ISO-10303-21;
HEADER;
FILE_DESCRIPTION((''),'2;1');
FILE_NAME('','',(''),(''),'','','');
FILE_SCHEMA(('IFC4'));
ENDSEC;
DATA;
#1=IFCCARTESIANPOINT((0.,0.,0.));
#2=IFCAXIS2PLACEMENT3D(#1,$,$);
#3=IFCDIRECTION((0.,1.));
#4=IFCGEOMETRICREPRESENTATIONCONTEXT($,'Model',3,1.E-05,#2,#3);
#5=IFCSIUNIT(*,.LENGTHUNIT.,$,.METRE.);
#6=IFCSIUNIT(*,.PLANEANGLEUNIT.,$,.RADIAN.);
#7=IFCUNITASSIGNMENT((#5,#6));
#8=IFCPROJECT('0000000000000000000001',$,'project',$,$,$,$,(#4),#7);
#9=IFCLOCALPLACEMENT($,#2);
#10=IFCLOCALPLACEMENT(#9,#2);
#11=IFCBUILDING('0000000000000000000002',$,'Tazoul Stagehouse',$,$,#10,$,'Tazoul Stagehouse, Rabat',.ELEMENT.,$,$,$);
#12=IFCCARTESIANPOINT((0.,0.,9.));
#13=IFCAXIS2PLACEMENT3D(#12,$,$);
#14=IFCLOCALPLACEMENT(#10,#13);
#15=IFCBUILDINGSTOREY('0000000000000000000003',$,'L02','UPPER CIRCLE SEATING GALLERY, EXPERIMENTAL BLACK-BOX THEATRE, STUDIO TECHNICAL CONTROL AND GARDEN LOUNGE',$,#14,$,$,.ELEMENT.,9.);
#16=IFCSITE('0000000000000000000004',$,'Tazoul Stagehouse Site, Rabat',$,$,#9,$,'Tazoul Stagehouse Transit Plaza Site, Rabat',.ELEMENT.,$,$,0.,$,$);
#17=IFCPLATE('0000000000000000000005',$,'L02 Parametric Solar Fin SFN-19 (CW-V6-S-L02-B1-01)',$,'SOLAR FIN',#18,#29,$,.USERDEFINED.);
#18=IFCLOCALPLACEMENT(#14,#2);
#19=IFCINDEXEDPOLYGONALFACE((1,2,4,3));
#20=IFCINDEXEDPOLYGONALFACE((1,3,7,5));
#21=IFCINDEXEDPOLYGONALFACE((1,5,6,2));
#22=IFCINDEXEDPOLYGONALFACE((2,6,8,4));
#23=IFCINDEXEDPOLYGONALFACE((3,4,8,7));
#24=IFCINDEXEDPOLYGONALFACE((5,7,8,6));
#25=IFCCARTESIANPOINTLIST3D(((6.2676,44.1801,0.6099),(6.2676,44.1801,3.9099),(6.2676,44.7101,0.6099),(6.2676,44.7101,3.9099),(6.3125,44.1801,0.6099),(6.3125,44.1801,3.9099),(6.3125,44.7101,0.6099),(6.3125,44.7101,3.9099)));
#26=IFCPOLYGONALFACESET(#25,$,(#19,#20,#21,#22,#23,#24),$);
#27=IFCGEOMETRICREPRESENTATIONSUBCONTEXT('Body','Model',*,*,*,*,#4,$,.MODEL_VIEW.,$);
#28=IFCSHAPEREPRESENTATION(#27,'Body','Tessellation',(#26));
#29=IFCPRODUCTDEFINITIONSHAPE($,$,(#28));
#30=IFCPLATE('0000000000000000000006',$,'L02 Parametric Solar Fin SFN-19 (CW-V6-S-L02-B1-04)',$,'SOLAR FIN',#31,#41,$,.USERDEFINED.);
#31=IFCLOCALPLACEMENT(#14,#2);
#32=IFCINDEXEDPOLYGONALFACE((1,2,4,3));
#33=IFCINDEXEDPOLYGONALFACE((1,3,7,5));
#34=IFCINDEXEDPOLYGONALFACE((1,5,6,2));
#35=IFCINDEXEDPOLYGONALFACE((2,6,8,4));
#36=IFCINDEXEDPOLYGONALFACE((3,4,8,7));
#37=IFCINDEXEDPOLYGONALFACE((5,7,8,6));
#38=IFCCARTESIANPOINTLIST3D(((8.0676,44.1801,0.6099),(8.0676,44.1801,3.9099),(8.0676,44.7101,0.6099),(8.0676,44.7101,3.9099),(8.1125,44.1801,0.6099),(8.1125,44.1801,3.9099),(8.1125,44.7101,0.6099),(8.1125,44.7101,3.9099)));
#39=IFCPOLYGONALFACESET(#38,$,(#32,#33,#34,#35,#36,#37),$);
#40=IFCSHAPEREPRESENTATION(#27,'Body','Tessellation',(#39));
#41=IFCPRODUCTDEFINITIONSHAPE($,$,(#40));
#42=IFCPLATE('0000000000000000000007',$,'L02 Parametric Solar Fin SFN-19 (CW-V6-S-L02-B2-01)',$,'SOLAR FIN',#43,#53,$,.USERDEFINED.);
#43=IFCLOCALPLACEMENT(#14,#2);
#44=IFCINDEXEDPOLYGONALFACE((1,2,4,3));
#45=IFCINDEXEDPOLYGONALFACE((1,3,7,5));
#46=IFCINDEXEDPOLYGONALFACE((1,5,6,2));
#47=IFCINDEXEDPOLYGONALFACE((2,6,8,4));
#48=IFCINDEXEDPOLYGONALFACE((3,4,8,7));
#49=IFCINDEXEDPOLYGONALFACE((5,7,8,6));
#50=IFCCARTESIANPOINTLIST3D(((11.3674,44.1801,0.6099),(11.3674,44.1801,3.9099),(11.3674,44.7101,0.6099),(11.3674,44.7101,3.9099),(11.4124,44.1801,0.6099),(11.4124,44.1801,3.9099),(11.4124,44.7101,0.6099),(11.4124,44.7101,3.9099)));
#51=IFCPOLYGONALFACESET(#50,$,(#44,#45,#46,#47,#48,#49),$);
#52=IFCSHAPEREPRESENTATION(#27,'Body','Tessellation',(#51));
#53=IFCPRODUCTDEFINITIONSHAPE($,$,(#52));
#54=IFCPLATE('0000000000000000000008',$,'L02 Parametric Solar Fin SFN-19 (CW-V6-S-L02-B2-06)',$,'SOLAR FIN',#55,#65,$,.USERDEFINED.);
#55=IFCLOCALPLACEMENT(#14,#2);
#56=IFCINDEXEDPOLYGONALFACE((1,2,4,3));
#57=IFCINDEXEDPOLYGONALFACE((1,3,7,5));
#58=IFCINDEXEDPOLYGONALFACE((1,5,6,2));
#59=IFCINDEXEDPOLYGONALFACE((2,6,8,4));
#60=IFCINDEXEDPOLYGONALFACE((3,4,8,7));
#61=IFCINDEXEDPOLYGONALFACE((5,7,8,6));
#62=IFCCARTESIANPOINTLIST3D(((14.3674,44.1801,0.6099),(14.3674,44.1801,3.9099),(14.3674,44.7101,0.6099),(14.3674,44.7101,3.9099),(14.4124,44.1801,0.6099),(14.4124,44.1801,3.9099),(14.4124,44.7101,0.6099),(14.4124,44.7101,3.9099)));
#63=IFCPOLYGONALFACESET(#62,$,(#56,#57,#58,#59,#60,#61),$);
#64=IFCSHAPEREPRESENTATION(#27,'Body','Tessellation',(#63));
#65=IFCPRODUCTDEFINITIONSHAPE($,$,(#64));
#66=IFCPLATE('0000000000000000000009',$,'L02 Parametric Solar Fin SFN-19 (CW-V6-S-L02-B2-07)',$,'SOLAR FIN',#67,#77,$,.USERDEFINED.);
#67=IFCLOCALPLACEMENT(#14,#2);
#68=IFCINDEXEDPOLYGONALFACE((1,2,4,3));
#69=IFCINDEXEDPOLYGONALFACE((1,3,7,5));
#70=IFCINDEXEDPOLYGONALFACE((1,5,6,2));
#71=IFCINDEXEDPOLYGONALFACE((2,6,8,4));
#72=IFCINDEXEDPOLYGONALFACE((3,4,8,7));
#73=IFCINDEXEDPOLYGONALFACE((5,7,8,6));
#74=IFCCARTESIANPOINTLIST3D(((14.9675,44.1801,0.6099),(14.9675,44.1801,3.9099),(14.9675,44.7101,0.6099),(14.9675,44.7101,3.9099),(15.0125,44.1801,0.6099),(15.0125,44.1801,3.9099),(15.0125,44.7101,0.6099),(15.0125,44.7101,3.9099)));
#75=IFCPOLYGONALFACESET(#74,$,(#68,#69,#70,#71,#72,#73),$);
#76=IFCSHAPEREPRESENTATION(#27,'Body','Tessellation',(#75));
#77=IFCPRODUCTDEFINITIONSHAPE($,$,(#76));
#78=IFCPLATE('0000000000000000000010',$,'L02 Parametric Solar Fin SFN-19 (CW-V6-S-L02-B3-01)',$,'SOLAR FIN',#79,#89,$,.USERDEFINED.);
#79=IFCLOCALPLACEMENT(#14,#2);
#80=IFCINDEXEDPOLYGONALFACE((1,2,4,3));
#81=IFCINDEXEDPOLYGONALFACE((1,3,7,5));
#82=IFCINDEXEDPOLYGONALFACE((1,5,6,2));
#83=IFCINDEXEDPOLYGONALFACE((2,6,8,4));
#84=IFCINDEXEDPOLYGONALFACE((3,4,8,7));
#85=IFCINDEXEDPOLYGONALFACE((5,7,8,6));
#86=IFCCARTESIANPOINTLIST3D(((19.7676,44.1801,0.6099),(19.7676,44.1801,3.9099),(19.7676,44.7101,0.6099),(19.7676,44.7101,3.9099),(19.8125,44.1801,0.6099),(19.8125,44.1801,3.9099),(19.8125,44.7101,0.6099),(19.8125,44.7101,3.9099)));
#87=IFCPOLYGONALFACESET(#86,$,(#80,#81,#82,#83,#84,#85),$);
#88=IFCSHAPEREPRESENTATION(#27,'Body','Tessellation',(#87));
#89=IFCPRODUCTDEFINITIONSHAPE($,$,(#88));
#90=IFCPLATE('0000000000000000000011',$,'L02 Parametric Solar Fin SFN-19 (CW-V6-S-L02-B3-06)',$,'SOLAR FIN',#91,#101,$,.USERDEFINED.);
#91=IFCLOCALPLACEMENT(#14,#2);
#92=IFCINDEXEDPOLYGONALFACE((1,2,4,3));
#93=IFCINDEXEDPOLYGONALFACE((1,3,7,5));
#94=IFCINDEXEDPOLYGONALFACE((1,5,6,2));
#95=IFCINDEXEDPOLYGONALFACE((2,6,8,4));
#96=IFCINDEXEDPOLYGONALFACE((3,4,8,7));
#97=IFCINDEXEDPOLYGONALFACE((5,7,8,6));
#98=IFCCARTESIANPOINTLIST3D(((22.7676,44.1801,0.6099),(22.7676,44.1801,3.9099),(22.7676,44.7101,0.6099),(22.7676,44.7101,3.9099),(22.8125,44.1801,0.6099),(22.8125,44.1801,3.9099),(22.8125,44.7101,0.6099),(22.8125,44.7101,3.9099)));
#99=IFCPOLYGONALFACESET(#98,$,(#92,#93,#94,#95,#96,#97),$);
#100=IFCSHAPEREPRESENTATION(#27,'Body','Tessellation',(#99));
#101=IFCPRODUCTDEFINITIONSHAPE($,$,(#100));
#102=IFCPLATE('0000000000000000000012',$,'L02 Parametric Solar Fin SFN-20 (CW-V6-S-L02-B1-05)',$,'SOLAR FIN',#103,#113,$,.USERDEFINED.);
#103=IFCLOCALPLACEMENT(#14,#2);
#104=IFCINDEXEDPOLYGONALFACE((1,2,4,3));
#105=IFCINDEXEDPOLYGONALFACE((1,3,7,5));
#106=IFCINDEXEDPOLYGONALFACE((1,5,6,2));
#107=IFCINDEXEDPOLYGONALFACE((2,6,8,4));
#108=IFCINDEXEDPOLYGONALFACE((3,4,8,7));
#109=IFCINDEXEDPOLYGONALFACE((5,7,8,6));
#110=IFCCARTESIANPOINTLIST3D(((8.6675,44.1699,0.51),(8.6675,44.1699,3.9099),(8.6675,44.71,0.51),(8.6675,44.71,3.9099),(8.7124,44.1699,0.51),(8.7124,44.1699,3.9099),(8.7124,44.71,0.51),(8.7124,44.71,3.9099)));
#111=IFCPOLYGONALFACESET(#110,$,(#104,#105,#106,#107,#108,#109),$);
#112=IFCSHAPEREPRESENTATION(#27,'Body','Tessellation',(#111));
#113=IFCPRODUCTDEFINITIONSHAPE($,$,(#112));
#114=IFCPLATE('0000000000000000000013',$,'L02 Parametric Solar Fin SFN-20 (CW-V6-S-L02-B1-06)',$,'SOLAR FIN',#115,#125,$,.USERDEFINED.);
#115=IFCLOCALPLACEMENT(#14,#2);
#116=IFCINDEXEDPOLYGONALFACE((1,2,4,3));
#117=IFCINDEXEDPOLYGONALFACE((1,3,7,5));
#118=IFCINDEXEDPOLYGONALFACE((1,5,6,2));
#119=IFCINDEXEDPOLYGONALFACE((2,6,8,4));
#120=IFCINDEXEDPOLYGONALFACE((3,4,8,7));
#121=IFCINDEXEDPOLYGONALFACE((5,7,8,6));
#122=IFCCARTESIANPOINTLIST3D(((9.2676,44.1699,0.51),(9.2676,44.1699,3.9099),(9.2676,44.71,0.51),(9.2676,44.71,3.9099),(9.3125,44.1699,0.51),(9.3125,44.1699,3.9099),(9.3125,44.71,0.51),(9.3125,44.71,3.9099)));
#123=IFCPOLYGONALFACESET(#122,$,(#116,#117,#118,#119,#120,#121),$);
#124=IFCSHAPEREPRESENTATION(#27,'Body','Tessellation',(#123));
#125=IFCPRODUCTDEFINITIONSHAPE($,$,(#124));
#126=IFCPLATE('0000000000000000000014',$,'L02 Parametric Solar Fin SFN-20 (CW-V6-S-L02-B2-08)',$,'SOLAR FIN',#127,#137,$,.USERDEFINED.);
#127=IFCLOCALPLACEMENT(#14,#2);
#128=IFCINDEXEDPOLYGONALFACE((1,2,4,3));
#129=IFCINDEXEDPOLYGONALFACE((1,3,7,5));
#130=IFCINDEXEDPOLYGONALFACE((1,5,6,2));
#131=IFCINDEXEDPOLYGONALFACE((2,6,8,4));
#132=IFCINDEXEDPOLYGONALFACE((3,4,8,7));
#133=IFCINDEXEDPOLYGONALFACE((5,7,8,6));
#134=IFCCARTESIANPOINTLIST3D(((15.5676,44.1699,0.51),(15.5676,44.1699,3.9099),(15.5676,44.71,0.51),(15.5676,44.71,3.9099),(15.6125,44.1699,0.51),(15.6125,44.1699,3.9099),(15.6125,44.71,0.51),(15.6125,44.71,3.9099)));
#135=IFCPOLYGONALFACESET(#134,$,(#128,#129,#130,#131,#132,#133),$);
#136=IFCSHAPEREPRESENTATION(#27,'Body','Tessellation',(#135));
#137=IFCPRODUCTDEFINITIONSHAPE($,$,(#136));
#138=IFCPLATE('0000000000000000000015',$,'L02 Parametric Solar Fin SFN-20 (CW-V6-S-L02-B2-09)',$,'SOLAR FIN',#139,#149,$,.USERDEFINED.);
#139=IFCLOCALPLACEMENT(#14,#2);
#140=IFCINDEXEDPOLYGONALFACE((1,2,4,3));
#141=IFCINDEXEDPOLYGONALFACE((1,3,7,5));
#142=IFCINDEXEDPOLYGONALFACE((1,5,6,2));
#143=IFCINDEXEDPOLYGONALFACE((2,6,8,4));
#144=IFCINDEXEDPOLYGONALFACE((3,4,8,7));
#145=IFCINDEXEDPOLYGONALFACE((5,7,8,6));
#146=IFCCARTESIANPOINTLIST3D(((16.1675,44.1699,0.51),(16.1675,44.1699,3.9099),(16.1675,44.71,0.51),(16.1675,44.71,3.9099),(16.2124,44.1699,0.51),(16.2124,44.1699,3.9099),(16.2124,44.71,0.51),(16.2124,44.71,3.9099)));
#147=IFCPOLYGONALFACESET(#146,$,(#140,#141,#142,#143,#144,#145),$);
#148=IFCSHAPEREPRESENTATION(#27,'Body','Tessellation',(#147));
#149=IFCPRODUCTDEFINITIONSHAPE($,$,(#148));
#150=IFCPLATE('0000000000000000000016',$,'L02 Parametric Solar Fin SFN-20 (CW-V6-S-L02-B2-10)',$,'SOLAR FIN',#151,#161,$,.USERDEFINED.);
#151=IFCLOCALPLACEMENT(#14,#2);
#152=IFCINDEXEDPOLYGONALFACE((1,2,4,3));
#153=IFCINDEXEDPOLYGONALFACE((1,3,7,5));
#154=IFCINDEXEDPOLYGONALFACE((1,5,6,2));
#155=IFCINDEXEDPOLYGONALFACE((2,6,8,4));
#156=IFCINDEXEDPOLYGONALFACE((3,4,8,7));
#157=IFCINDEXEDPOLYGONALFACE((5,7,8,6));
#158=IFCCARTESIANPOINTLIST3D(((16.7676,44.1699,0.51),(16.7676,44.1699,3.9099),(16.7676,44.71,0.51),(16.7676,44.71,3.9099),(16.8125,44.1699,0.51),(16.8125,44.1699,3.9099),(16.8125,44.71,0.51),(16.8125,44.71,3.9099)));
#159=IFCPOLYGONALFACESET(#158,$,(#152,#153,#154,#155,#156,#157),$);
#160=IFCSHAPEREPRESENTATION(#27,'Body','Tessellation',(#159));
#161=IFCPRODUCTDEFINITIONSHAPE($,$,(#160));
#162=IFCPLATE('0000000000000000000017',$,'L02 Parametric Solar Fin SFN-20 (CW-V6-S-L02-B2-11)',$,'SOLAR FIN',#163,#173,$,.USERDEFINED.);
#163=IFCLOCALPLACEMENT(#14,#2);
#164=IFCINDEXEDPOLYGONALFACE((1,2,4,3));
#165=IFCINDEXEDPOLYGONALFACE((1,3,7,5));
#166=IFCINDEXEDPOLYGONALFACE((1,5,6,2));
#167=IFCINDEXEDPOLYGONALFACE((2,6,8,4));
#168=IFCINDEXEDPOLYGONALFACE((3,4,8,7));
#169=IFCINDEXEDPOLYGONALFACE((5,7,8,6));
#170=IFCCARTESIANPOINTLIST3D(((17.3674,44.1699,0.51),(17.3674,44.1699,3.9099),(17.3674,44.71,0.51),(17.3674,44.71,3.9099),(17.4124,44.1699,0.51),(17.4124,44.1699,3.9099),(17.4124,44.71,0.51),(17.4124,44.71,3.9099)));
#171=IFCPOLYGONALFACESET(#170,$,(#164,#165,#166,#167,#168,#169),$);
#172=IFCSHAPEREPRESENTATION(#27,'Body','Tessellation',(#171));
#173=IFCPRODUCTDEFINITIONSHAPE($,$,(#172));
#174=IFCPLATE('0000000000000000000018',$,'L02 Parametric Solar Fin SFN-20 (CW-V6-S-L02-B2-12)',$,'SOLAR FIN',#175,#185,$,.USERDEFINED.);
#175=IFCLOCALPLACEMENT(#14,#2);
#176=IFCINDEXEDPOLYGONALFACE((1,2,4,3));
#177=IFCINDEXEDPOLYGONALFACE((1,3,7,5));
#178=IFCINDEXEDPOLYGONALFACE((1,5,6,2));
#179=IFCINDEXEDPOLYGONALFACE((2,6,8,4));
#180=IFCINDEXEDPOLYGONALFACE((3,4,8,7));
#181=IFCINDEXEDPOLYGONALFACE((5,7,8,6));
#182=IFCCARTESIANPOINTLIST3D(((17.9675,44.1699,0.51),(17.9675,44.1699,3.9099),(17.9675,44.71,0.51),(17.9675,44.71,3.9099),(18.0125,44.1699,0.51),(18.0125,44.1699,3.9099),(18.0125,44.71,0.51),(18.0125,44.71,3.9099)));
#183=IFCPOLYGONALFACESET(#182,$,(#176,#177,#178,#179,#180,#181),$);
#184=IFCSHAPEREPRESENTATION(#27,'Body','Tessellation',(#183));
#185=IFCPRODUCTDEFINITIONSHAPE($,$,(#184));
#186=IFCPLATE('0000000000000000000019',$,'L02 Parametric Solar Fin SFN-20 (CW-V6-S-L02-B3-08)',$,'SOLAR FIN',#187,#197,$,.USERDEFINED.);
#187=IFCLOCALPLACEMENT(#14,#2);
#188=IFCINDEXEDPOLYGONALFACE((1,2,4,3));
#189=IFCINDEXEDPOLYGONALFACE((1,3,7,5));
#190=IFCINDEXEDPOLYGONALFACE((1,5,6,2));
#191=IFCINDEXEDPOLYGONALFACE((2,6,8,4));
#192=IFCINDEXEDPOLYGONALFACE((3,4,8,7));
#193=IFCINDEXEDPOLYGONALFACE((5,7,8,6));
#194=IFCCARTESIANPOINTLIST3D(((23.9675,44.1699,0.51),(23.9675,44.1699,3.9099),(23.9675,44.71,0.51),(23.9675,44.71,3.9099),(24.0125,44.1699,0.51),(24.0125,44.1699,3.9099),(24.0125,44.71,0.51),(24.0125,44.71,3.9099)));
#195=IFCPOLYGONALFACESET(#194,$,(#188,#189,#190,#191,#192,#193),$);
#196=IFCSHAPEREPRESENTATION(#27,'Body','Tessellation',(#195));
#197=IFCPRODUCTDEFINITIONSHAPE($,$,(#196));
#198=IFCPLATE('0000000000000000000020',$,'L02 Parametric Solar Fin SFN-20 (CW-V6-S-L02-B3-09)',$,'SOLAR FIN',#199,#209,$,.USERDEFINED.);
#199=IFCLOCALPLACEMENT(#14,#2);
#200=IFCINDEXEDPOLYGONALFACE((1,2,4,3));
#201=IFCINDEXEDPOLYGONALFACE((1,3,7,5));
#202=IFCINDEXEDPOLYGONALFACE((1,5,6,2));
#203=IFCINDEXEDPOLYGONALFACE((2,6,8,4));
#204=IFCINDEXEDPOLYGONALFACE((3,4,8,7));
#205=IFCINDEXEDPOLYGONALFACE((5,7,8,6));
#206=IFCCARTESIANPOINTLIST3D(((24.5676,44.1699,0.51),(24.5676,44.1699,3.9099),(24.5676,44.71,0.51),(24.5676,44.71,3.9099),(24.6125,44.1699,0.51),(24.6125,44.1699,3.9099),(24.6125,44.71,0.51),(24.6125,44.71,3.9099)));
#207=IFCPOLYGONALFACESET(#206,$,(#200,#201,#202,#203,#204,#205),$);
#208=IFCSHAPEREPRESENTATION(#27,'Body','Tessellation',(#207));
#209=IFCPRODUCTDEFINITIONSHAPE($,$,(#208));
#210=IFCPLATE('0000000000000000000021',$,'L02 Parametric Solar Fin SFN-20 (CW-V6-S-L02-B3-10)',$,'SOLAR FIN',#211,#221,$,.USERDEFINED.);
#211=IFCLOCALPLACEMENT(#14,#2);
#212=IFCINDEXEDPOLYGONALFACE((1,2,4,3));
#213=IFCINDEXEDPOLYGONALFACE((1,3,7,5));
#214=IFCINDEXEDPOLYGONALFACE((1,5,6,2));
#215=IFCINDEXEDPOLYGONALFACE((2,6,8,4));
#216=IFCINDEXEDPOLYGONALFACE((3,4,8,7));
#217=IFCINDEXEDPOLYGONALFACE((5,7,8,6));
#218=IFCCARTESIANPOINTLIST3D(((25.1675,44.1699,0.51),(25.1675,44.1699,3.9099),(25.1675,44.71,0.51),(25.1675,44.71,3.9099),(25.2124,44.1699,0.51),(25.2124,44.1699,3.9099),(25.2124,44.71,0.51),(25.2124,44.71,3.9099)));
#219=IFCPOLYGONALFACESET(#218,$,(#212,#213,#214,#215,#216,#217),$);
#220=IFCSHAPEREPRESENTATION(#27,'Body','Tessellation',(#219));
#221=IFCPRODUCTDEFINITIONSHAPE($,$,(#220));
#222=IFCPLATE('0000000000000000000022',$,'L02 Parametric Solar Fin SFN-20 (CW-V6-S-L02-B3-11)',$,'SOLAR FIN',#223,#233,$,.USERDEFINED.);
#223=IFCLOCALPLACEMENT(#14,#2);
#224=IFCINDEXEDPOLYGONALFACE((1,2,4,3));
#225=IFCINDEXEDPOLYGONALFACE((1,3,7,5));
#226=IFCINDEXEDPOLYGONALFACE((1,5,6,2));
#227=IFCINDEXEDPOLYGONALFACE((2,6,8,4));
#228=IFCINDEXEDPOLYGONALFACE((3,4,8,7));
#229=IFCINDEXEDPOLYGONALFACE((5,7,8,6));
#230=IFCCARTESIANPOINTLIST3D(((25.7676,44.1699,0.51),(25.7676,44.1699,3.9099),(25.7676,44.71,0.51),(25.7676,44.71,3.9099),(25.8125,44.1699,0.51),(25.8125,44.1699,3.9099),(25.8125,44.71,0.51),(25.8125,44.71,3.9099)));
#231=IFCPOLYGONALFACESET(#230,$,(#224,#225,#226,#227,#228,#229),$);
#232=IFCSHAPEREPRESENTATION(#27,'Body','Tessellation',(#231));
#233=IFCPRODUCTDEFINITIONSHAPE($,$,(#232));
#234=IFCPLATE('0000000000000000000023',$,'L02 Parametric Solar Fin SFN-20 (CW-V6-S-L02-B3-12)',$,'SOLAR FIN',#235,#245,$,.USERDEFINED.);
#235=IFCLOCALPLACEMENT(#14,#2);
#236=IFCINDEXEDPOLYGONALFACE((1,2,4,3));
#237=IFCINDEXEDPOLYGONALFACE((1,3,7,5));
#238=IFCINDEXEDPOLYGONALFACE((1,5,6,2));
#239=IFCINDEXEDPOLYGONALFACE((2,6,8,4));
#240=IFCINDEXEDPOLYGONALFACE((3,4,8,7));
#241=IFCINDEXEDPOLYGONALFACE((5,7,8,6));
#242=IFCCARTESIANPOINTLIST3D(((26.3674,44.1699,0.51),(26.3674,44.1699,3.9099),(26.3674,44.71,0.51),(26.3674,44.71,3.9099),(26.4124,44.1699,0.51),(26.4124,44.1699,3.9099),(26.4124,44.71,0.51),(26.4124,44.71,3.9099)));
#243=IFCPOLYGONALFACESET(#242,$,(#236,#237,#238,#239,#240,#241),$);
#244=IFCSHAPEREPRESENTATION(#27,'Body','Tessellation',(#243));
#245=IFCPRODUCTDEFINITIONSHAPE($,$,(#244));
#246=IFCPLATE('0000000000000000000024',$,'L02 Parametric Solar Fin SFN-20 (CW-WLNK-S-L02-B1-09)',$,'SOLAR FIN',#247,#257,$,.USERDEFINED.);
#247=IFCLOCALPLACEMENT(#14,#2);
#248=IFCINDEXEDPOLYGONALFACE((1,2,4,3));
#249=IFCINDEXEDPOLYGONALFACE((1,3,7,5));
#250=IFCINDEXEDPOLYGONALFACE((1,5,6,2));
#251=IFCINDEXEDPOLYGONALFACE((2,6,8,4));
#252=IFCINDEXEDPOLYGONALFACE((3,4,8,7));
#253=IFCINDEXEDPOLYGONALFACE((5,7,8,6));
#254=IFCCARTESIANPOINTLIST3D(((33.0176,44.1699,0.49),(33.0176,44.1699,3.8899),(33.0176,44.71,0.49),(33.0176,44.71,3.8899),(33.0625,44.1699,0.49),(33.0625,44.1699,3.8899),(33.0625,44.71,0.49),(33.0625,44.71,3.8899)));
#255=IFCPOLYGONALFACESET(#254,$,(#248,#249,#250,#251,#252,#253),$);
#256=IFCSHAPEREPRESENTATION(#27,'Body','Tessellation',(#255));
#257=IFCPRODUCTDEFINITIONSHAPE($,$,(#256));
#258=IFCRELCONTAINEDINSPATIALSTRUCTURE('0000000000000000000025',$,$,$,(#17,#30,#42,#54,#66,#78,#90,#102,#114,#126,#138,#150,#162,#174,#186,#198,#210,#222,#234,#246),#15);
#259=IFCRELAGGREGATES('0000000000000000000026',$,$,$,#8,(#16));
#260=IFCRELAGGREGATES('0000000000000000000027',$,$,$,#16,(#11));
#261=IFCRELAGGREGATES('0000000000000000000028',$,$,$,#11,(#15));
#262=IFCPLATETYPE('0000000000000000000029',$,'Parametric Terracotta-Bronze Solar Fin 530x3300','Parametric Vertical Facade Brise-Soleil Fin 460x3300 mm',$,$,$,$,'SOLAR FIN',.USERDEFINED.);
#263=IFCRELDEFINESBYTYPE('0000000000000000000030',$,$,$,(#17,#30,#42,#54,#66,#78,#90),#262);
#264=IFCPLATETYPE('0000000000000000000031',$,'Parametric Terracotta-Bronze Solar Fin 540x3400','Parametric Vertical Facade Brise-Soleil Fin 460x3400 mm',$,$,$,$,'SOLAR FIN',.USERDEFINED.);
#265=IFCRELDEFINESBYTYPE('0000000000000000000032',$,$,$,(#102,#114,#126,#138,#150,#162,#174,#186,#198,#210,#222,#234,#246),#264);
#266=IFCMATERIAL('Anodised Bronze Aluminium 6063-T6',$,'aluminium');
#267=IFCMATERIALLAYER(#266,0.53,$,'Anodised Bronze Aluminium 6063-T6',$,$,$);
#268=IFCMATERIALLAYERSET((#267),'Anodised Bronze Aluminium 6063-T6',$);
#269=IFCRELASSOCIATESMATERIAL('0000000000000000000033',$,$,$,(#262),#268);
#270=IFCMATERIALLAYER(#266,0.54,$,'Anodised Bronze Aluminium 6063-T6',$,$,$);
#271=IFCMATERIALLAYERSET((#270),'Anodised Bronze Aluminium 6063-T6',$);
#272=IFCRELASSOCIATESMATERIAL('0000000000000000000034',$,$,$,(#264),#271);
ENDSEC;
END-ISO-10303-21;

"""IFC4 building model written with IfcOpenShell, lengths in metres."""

from ifc_helpers import new_model, si_unit, direction, frame, origin, origin_2d, place, context, subcontext, project, spatial, rectangle, extrude, material, layer, layer_set, type_object, element, save


model = new_model("IFC4")

# Units and contexts
model_context = context("Model", 3, precision=1e-05, world=origin(), true_north=direction((0.0, 1.0)))
body_context = subcontext(model_context, "Body", "Model", "MODEL_VIEW")
ifc_project = project(units=[si_unit("LENGTHUNIT", "METRE"), si_unit("PLANEANGLEUNIT", "RADIAN")], contexts=[model_context])

# Site, building, storey
site_placement = place(None, origin())
site = spatial("IfcSite", under=ifc_project, at=site_placement, Name="Tazoul Stagehouse Site, Rabat", LongName="Tazoul Stagehouse Transit Plaza Site, Rabat", CompositionType="ELEMENT", RefElevation=0.0)
building_placement = place(site_placement, origin())
building = spatial("IfcBuilding", under=site, at=building_placement, Name="Tazoul Stagehouse", LongName="Tazoul Stagehouse, Rabat", CompositionType="ELEMENT")
storey_placement = place(building_placement, frame((0.0, 0.0, 9.0)))
storey = spatial("IfcBuildingStorey", under=building, at=storey_placement, Name="L02", Description="UPPER CIRCLE SEATING GALLERY, EXPERIMENTAL BLACK-BOX THEATRE, STUDIO TECHNICAL CONTROL AND GARDEN LOUNGE", CompositionType="ELEMENT", Elevation=9.0)

# Plates
ifc_material = material(Name="Anodised Bronze Aluminium 6063-T6", Category="aluminium")
ifc_layer_1 = layer(ifc_material, 0.53, Name="Anodised Bronze Aluminium 6063-T6")
ifc_layer_set_1 = layer_set([ifc_layer_1], Name="Anodised Bronze Aluminium 6063-T6")
plate_type_1 = type_object("IfcPlateType", Name="Parametric Terracotta-Bronze Solar Fin 530x3300", Description="Parametric Vertical Facade Brise-Soleil Fin 460x3300 mm", ElementType="SOLAR FIN", PredefinedType="USERDEFINED", material=ifc_layer_set_1)
for number, where, z_axis, x_axis, name in (
    (1, (6.29, 44.4451, 0.6099), (0.0, 0.0, 1.0), (1.0, 0.0, 0.0), "L02 Parametric Solar Fin SFN-19 (CW-V6-S-L02-B1-01)"),
    (2, (8.0901, 44.4451, 0.6099), (0.0, 0.0, 1.0), (1.0, 0.0, 0.0), "L02 Parametric Solar Fin SFN-19 (CW-V6-S-L02-B1-04)"),
    (3, (11.3899, 44.4451, 0.6099), (0.0, 0.0, 1.0), (1.0, 0.0, 0.0), "L02 Parametric Solar Fin SFN-19 (CW-V6-S-L02-B2-01)"),
    (4, (14.3899, 44.4451, 0.6099), (0.0, 0.0, 1.0), (1.0, 0.0, 0.0), "L02 Parametric Solar Fin SFN-19 (CW-V6-S-L02-B2-06)"),
    (5, (14.99, 44.4451, 0.6099), (0.0, 0.0, 1.0), (1.0, 0.0, 0.0), "L02 Parametric Solar Fin SFN-19 (CW-V6-S-L02-B2-07)"),
    (6, (19.79, 44.4451, 0.6099), (0.0, 0.0, 1.0), (1.0, 0.0, 0.0), "L02 Parametric Solar Fin SFN-19 (CW-V6-S-L02-B3-01)"),
    (7, (22.79, 44.4451, 0.6099), (0.0, 0.0, 1.0), (1.0, 0.0, 0.0), "L02 Parametric Solar Fin SFN-19 (CW-V6-S-L02-B3-06)"),
):
    element("IfcPlate", number, at=place(storey_placement, frame(where, z_axis=z_axis, x_axis=x_axis)), inside=storey, type_object=plate_type_1, Name=name, ObjectType="SOLAR FIN", PredefinedType="USERDEFINED", context=body_context, shape_type="SweptSolid", body=[
        extrude(rectangle(XDim=0.0449, YDim=0.53, at=origin_2d()), origin(), (0.0, 0.0, 1.0), 3.3),
    ])
ifc_layer_2 = layer(ifc_material, 0.54, Name="Anodised Bronze Aluminium 6063-T6")
ifc_layer_set_2 = layer_set([ifc_layer_2], Name="Anodised Bronze Aluminium 6063-T6")
plate_type_2 = type_object("IfcPlateType", Name="Parametric Terracotta-Bronze Solar Fin 540x3400", Description="Parametric Vertical Facade Brise-Soleil Fin 460x3400 mm", ElementType="SOLAR FIN", PredefinedType="USERDEFINED", material=ifc_layer_set_2)
for number, where, z_axis, x_axis, name in (
    (8, (8.6899, 44.4399, 0.51), (0.0, 0.0, 1.0), (1.0, 0.0, 0.0), "L02 Parametric Solar Fin SFN-20 (CW-V6-S-L02-B1-05)"),
    (9, (9.29, 44.4399, 0.51), (0.0, 0.0, 1.0), (1.0, 0.0, 0.0), "L02 Parametric Solar Fin SFN-20 (CW-V6-S-L02-B1-06)"),
    (10, (15.5901, 44.4399, 0.51), (0.0, 0.0, 1.0), (1.0, 0.0, 0.0), "L02 Parametric Solar Fin SFN-20 (CW-V6-S-L02-B2-08)"),
    (11, (16.1899, 44.4399, 0.51), (0.0, 0.0, 1.0), (1.0, 0.0, 0.0), "L02 Parametric Solar Fin SFN-20 (CW-V6-S-L02-B2-09)"),
    (12, (16.79, 44.4399, 0.51), (0.0, 0.0, 1.0), (1.0, 0.0, 0.0), "L02 Parametric Solar Fin SFN-20 (CW-V6-S-L02-B2-10)"),
    (13, (17.3899, 44.4399, 0.51), (0.0, 0.0, 1.0), (1.0, 0.0, 0.0), "L02 Parametric Solar Fin SFN-20 (CW-V6-S-L02-B2-11)"),
    (14, (17.99, 44.4399, 0.51), (0.0, 0.0, 1.0), (1.0, 0.0, 0.0), "L02 Parametric Solar Fin SFN-20 (CW-V6-S-L02-B2-12)"),
    (15, (23.99, 44.4399, 0.51), (0.0, 0.0, 1.0), (1.0, 0.0, 0.0), "L02 Parametric Solar Fin SFN-20 (CW-V6-S-L02-B3-08)"),
    (16, (24.5901, 44.4399, 0.51), (0.0, 0.0, 1.0), (1.0, 0.0, 0.0), "L02 Parametric Solar Fin SFN-20 (CW-V6-S-L02-B3-09)"),
    (17, (25.1899, 44.4399, 0.51), (0.0, 0.0, 1.0), (1.0, 0.0, 0.0), "L02 Parametric Solar Fin SFN-20 (CW-V6-S-L02-B3-10)"),
    (18, (25.79, 44.4399, 0.51), (0.0, 0.0, 1.0), (1.0, 0.0, 0.0), "L02 Parametric Solar Fin SFN-20 (CW-V6-S-L02-B3-11)"),
    (19, (26.3899, 44.4399, 0.51), (0.0, 0.0, 1.0), (1.0, 0.0, 0.0), "L02 Parametric Solar Fin SFN-20 (CW-V6-S-L02-B3-12)"),
    (20, (33.04, 44.4399, 0.49), (0.0, 0.0, 1.0), (1.0, 0.0, 0.0), "L02 Parametric Solar Fin SFN-20 (CW-WLNK-S-L02-B1-09)"),
):
    element("IfcPlate", number, at=place(storey_placement, frame(where, z_axis=z_axis, x_axis=x_axis)), inside=storey, type_object=plate_type_2, Name=name, ObjectType="SOLAR FIN", PredefinedType="USERDEFINED", context=body_context, shape_type="SweptSolid", body=[
        extrude(rectangle(XDim=0.0449, YDim=0.54, at=origin_2d()), origin(), (0.0, 0.0, 1.0), 3.3999),
    ])

save(model, "model.ifc")
